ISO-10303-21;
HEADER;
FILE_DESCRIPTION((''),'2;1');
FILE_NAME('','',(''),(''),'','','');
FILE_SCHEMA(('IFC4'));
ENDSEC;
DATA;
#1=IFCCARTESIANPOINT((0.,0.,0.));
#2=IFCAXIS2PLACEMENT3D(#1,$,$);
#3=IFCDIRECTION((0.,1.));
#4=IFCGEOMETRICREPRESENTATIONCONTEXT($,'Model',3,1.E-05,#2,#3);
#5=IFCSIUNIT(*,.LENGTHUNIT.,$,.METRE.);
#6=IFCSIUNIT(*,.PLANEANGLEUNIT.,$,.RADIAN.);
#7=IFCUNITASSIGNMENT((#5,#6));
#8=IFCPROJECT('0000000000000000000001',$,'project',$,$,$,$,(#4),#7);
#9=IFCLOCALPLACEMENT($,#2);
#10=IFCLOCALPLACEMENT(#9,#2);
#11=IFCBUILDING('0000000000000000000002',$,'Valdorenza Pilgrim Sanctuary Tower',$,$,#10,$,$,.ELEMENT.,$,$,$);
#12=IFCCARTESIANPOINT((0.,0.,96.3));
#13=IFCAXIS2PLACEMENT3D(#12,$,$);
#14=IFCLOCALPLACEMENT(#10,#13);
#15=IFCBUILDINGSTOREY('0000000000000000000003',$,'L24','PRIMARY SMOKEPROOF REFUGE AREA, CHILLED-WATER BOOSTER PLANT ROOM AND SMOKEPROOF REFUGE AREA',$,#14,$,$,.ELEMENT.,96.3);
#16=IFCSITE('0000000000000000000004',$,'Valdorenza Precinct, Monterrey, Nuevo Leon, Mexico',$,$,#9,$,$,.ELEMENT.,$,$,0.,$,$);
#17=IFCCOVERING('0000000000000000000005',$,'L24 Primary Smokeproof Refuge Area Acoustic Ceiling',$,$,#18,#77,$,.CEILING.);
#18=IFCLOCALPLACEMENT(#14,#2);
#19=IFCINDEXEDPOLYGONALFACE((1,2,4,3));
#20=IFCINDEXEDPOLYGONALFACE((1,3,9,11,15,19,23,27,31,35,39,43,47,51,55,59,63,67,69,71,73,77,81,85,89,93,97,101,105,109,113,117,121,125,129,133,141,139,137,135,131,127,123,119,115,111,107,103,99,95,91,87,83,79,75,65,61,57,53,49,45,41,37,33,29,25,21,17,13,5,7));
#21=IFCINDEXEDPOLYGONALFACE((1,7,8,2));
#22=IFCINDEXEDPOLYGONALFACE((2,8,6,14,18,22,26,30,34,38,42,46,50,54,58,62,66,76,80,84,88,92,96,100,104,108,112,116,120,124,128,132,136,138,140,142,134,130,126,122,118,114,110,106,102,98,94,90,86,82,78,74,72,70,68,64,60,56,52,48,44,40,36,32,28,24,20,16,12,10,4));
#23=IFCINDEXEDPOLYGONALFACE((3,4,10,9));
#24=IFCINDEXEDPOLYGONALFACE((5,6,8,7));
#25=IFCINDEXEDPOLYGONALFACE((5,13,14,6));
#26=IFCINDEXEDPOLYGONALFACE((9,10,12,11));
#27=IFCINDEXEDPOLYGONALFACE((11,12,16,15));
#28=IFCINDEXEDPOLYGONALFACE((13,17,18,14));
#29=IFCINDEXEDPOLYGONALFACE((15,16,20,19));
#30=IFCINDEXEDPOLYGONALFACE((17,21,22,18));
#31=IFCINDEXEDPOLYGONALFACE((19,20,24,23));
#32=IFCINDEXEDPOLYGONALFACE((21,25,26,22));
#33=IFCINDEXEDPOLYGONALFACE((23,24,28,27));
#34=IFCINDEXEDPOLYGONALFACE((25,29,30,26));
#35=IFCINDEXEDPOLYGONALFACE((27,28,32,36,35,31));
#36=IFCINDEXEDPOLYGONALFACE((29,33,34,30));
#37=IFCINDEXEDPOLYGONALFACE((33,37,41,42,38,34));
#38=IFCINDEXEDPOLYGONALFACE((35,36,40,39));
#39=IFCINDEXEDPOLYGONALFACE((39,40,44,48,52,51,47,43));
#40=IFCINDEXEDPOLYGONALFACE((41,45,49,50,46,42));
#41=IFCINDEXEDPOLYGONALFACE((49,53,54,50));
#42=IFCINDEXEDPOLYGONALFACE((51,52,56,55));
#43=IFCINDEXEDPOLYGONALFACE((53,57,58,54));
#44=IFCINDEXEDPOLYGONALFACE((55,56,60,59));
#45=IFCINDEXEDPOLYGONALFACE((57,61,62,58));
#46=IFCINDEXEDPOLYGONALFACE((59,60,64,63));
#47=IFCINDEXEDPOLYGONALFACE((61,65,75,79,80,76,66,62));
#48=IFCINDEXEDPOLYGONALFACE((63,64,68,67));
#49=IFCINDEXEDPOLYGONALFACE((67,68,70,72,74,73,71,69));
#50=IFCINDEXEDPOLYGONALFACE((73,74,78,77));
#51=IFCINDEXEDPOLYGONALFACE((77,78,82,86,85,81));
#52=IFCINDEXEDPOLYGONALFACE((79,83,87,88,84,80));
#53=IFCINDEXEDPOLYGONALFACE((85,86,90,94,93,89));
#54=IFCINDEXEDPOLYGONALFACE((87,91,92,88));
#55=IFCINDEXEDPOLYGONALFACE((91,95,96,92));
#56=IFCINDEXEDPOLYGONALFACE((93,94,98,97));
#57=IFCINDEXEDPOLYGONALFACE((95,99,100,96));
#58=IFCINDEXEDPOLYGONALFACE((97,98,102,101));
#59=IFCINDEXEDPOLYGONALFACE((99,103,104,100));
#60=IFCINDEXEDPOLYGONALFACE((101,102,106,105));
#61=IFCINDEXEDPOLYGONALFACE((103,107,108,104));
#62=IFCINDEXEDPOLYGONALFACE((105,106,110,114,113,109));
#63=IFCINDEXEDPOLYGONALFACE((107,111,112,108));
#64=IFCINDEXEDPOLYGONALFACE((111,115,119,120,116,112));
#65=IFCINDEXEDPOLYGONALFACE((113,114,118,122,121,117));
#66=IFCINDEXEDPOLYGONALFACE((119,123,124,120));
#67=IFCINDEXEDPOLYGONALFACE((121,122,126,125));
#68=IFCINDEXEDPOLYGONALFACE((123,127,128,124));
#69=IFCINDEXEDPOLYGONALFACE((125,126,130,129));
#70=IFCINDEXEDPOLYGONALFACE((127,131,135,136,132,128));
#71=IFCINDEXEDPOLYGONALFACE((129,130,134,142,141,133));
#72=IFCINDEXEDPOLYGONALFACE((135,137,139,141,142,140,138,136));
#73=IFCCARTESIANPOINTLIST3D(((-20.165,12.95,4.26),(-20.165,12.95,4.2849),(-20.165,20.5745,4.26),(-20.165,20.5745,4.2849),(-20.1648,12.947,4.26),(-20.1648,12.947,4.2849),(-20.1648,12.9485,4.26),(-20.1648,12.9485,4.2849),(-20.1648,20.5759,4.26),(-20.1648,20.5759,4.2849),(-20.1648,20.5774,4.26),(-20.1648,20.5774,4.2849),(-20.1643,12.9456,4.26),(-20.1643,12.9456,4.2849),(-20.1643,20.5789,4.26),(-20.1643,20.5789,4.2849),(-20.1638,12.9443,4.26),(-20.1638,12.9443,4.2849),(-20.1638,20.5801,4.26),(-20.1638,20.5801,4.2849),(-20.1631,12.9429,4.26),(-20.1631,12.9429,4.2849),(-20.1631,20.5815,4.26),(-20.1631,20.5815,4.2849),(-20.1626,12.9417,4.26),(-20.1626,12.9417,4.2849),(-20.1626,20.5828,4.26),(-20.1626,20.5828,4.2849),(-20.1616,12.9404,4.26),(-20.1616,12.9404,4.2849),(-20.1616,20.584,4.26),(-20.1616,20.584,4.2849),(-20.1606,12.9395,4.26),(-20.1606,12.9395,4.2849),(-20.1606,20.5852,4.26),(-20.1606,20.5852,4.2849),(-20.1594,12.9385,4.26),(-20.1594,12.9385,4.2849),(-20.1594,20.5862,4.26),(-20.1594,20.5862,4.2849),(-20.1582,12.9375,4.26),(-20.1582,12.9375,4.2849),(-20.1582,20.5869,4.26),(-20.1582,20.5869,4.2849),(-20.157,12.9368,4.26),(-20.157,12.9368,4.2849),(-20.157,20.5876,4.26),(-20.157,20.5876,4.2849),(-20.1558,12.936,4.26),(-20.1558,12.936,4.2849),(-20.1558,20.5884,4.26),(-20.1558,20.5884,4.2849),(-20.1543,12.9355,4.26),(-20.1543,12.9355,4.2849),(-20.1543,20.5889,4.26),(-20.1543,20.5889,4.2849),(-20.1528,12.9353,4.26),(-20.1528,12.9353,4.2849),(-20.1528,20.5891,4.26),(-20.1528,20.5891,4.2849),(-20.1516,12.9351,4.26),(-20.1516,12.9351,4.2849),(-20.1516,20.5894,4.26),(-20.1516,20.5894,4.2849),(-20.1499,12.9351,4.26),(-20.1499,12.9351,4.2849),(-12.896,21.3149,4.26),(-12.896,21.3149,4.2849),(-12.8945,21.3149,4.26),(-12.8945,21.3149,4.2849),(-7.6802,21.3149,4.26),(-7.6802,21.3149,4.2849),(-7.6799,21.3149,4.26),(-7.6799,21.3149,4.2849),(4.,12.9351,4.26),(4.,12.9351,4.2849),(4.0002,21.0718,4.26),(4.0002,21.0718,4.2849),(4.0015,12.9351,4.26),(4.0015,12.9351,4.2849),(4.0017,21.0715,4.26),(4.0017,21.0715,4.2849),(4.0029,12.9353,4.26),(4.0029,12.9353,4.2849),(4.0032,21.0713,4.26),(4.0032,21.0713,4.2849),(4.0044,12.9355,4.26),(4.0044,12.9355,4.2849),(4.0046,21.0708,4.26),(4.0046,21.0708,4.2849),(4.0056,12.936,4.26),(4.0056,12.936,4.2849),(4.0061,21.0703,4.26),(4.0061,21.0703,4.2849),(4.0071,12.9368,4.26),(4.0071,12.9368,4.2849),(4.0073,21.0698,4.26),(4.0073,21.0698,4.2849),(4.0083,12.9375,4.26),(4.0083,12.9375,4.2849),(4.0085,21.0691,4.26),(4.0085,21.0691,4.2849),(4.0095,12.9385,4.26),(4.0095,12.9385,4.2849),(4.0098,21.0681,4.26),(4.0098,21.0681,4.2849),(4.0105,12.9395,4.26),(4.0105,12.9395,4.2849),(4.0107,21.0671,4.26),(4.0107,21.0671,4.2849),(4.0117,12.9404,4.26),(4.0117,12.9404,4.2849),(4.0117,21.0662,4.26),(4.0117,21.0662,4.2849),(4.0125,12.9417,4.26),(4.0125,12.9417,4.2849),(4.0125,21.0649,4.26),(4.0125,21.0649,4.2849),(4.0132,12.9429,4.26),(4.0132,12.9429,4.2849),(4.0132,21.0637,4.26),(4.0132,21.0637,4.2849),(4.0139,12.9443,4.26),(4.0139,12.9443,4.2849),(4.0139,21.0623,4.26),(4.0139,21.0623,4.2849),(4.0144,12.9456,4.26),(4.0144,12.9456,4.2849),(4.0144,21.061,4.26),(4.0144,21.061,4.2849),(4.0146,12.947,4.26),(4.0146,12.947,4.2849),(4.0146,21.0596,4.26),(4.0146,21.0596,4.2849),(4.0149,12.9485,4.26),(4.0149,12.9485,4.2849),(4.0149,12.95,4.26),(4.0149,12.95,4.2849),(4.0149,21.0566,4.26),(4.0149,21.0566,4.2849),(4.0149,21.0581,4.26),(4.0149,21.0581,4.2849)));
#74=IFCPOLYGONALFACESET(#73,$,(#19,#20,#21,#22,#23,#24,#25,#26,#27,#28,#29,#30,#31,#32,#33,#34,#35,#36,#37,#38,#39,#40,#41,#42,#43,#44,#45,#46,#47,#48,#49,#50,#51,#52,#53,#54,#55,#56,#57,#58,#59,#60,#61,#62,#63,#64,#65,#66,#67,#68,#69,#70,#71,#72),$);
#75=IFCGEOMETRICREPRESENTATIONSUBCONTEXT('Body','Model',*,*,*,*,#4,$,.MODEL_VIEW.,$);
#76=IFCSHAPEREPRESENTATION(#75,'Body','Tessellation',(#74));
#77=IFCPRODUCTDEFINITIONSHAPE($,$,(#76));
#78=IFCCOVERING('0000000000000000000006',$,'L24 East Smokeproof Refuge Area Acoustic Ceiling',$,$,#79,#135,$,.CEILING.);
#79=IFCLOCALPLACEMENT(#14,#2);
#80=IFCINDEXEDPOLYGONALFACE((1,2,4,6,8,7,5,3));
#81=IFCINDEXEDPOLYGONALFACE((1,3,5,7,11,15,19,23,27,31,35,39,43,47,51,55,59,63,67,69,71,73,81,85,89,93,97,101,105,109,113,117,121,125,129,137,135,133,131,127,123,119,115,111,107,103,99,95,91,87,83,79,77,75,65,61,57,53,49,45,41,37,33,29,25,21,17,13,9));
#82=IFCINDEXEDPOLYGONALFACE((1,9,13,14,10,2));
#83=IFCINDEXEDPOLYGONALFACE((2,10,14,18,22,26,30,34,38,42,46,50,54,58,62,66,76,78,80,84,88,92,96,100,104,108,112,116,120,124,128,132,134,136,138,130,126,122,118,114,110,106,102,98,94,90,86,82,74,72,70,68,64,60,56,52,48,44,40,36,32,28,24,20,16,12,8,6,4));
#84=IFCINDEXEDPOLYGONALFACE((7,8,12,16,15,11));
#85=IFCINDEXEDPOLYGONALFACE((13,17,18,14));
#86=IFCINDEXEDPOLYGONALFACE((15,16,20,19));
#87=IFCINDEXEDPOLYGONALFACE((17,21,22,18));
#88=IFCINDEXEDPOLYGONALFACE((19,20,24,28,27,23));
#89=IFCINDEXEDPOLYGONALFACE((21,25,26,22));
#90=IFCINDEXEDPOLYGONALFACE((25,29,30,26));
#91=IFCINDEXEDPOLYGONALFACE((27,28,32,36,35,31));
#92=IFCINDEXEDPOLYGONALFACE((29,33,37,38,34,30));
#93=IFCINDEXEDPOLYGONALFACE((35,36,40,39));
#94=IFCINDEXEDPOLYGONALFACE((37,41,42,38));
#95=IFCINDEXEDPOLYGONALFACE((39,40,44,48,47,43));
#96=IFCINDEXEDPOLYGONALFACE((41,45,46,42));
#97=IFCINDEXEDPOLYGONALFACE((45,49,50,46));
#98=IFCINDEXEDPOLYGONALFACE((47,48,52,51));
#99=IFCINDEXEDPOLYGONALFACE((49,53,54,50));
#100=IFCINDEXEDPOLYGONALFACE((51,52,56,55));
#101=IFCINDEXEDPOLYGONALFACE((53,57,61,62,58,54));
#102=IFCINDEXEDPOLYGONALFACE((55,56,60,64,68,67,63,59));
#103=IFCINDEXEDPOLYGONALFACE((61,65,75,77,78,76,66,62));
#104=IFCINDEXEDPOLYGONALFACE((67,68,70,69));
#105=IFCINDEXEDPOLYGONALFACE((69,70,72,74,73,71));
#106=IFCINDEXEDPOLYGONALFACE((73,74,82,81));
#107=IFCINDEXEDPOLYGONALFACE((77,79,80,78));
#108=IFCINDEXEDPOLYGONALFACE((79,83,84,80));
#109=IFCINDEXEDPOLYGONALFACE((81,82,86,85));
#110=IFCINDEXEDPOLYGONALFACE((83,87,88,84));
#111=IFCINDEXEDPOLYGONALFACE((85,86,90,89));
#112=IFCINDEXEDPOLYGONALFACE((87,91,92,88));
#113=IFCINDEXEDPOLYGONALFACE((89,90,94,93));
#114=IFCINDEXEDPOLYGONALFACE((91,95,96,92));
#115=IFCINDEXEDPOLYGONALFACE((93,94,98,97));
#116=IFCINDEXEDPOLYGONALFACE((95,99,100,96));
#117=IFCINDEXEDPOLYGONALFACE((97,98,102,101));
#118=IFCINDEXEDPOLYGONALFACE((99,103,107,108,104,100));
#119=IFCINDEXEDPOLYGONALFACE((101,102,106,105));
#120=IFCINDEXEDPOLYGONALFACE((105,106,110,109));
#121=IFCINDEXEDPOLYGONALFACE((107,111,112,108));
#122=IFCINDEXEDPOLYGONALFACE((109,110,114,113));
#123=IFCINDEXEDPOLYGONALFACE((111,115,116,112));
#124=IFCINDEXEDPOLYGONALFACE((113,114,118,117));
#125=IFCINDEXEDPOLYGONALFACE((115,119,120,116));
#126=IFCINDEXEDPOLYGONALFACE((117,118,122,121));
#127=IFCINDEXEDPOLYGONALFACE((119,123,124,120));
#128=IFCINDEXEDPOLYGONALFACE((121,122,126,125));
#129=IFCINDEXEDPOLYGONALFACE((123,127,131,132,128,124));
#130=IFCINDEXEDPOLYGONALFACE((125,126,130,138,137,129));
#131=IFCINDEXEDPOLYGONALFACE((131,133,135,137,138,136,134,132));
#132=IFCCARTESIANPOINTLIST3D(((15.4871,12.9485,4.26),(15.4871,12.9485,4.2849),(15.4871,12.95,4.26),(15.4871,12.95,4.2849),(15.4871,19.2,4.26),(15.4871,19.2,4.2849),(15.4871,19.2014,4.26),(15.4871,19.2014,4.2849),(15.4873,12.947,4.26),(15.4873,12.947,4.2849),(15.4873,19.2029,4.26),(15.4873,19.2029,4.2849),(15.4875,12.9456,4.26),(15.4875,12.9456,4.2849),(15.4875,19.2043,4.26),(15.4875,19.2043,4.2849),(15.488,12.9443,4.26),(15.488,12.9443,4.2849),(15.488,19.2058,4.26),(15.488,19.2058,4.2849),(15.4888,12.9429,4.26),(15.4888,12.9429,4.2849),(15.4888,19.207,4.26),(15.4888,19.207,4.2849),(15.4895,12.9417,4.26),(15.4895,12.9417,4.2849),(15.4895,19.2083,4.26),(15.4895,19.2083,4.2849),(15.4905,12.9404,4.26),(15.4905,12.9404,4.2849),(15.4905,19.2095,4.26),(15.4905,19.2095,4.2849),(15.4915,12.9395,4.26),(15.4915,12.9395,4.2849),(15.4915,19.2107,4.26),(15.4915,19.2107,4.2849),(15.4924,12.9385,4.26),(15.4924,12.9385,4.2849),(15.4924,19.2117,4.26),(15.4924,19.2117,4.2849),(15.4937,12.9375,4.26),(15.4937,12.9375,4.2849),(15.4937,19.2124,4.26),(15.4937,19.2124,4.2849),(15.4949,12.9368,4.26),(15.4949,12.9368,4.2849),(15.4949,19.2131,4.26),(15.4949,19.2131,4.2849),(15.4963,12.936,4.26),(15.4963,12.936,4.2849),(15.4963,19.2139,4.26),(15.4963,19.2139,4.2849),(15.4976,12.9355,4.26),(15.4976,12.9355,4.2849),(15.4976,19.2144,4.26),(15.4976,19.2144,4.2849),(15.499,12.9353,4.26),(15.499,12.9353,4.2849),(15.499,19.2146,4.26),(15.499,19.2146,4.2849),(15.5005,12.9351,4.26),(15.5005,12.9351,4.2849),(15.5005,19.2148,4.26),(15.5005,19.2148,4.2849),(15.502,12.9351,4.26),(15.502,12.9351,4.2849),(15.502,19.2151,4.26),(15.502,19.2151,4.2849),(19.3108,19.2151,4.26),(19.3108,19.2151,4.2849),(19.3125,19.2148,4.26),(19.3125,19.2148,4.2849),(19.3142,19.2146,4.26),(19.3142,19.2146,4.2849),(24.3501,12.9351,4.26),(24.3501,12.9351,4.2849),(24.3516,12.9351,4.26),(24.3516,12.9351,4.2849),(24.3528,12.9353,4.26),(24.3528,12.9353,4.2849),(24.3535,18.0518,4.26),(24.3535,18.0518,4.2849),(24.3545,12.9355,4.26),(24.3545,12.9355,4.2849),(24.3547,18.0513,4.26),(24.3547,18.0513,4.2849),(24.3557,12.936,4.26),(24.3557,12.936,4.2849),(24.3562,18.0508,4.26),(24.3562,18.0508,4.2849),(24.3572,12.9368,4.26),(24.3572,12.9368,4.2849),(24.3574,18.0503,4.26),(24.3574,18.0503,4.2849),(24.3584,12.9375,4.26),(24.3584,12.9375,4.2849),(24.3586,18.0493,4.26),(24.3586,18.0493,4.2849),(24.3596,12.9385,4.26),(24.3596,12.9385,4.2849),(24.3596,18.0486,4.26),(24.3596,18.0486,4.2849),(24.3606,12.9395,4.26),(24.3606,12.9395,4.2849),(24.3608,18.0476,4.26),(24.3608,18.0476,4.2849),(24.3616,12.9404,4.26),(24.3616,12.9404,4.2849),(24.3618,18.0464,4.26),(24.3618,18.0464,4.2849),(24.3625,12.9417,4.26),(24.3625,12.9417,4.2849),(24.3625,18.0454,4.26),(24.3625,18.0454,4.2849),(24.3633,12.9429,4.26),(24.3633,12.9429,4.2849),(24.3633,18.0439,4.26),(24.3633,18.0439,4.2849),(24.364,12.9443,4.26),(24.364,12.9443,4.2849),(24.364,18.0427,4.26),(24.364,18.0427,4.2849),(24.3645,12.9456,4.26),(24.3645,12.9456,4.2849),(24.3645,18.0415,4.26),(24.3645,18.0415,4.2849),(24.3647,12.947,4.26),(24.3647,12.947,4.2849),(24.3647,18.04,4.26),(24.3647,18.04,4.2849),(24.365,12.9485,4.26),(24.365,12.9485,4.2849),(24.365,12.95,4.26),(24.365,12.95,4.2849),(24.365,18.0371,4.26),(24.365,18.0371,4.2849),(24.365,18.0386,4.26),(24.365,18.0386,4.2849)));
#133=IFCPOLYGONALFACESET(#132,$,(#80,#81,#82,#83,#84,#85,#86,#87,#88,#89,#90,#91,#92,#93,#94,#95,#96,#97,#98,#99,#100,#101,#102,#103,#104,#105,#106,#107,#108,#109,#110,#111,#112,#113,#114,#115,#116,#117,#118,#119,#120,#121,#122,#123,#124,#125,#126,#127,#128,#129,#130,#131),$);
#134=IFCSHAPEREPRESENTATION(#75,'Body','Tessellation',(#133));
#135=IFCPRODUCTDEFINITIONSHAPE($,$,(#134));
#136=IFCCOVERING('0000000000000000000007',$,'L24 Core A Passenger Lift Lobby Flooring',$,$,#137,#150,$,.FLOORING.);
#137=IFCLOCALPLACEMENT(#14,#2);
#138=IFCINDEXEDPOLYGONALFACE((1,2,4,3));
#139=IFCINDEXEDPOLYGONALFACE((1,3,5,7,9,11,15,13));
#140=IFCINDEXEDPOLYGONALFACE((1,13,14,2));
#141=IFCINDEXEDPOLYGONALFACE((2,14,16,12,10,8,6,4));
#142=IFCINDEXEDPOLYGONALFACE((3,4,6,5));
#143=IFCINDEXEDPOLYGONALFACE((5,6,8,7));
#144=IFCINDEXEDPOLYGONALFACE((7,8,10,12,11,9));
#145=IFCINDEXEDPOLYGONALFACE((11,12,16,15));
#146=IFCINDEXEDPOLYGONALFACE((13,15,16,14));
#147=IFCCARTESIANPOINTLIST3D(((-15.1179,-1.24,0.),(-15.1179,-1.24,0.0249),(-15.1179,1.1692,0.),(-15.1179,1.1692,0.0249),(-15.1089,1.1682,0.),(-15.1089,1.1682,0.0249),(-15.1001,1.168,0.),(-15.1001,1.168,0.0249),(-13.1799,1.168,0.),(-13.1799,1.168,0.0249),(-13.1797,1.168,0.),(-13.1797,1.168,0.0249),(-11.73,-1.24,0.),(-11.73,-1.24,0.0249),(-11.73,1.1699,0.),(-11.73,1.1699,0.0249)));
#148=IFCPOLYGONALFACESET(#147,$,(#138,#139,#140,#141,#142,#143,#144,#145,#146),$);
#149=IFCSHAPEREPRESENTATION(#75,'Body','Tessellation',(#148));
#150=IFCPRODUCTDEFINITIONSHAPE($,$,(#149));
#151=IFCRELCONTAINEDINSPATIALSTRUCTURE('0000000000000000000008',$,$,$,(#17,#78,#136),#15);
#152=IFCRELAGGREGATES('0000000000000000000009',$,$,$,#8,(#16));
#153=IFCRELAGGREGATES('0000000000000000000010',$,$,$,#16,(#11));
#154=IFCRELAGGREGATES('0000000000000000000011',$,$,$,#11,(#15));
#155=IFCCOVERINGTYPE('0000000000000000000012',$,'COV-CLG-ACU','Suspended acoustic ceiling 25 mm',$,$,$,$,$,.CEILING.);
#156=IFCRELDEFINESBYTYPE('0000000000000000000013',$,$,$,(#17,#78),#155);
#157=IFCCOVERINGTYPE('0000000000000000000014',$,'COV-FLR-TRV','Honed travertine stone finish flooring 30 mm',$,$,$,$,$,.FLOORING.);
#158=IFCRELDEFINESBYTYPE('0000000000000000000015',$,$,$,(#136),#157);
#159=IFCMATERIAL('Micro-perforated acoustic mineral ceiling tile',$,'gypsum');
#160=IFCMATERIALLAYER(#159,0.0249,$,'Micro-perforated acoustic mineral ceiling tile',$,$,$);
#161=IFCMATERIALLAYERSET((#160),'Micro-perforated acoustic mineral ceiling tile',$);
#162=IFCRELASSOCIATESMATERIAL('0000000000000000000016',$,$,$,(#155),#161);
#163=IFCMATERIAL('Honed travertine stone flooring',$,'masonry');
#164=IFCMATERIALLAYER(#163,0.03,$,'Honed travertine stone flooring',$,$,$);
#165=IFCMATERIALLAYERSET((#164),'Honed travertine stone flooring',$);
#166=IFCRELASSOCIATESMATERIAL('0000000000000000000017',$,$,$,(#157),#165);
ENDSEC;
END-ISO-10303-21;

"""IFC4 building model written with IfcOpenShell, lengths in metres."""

from ifc_helpers import new_model, si_unit, direction, frame, origin, place, context, subcontext, project, spatial, polyline, outline, extrude, material, layer, layer_set, type_object, element, save


model = new_model("IFC4")

# Units and contexts
model_context = context("Model", 3, precision=1e-05, world=origin(), true_north=direction((0.0, 1.0)))
body_context = subcontext(model_context, "Body", "Model", "MODEL_VIEW")
ifc_project = project(units=[si_unit("LENGTHUNIT", "METRE"), si_unit("PLANEANGLEUNIT", "RADIAN")], contexts=[model_context])

# Site, building, storey
site_placement = place(None, origin())
site = spatial("IfcSite", under=ifc_project, at=site_placement, Name="Valdorenza Precinct, Monterrey, Nuevo Leon, Mexico", CompositionType="ELEMENT", RefElevation=0.0)
building_placement = place(site_placement, origin())
building = spatial("IfcBuilding", under=site, at=building_placement, Name="Valdorenza Pilgrim Sanctuary Tower", CompositionType="ELEMENT")
storey_placement = place(building_placement, frame((0.0, 0.0, 96.3)))
storey = spatial("IfcBuildingStorey", under=building, at=storey_placement, Name="L24", Description="PRIMARY SMOKEPROOF REFUGE AREA, CHILLED-WATER BOOSTER PLANT ROOM AND SMOKEPROOF REFUGE AREA", CompositionType="ELEMENT", Elevation=96.3)

# Coverings
ifc_material_1 = material(Name="Micro-perforated acoustic mineral ceiling tile", Category="gypsum")
ifc_layer_1 = layer(ifc_material_1, 0.0249, Name="Micro-perforated acoustic mineral ceiling tile")
ifc_layer_set_1 = layer_set([ifc_layer_1], Name="Micro-perforated acoustic mineral ceiling tile")
covering_type_1 = type_object("IfcCoveringType", Name="COV-CLG-ACU", Description="Suspended acoustic ceiling 25 mm", PredefinedType="CEILING", material=ifc_layer_set_1)
covering_1_placement = place(storey_placement, frame((0.0, 0.0, 4.26)))
element("IfcCovering", 1, at=covering_1_placement, inside=storey, type_object=covering_type_1, Name="L24 Primary Smokeproof Refuge Area Acoustic Ceiling", PredefinedType="CEILING", context=body_context, shape_type="SweptSolid", body=[
    extrude(outline(polyline([(-20.1499, 12.9351), (-20.1516, 12.9351), (-20.1528, 12.9353), (-20.1543, 12.9355), (-20.1558, 12.936), (-20.157, 12.9368), (-20.1582, 12.9375), (-20.1594, 12.9385), (-20.1606, 12.9395), (-20.1616, 12.9404), (-20.1626, 12.9417), (-20.1631, 12.9429), (-20.1638, 12.9443), (-20.1643, 12.9456), (-20.1648, 12.947), (-20.1648, 12.9485), (-20.165, 12.95), (-20.165, 20.5745), (-20.1648, 20.5759), (-20.1648, 20.5774), (-20.1643, 20.5789), (-20.1638, 20.5801), (-20.1631, 20.5815), (-20.1626, 20.5828), (-20.1616, 20.584), (-20.1606, 20.5852), (-20.1594, 20.5862), (-20.1582, 20.5869), (-20.157, 20.5876), (-20.1558, 20.5884), (-20.1543, 20.5889), (-20.1528, 20.5891), (-20.1516, 20.5894), (-12.896, 21.3149), (-12.8945, 21.3149), (-7.6802, 21.3149), (-7.6799, 21.3149), (4.0002, 21.0718), (4.0017, 21.0715), (4.0032, 21.0713), (4.0046, 21.0708), (4.0061, 21.0703), (4.0073, 21.0698), (4.0085, 21.0691), (4.0098, 21.0681), (4.0107, 21.0671), (4.0117, 21.0662), (4.0125, 21.0649), (4.0132, 21.0637), (4.0139, 21.0623), (4.0144, 21.061), (4.0146, 21.0596), (4.0149, 21.0581), (4.0149, 21.0566), (4.0149, 12.95), (4.0149, 12.9485), (4.0146, 12.947), (4.0144, 12.9456), (4.0139, 12.9443), (4.0132, 12.9429), (4.0125, 12.9417), (4.0117, 12.9404), (4.0105, 12.9395), (4.0095, 12.9385), (4.0083, 12.9375), (4.0071, 12.9368), (4.0056, 12.936), (4.0044, 12.9355), (4.0029, 12.9353), (4.0015, 12.9351), (4.0, 12.9351), (-20.1499, 12.9351)])), origin(), (0.0, 0.0, 1.0), 0.0249),
])
covering_2_placement = place(storey_placement, frame((0.0, 0.0, 4.26)))
element("IfcCovering", 2, at=covering_2_placement, inside=storey, type_object=covering_type_1, Name="L24 East Smokeproof Refuge Area Acoustic Ceiling", PredefinedType="CEILING", context=body_context, shape_type="SweptSolid", body=[
    extrude(outline(polyline([(15.502, 12.9351), (15.5005, 12.9351), (15.499, 12.9353), (15.4976, 12.9355), (15.4963, 12.936), (15.4949, 12.9368), (15.4937, 12.9375), (15.4924, 12.9385), (15.4915, 12.9395), (15.4905, 12.9404), (15.4895, 12.9417), (15.4888, 12.9429), (15.488, 12.9443), (15.4875, 12.9456), (15.4873, 12.947), (15.4871, 12.9485), (15.4871, 12.95), (15.4871, 19.2), (15.4871, 19.2014), (15.4873, 19.2029), (15.4875, 19.2043), (15.488, 19.2058), (15.4888, 19.207), (15.4895, 19.2083), (15.4905, 19.2095), (15.4915, 19.2107), (15.4924, 19.2117), (15.4937, 19.2124), (15.4949, 19.2131), (15.4963, 19.2139), (15.4976, 19.2144), (15.499, 19.2146), (15.5005, 19.2148), (15.502, 19.2151), (19.3108, 19.2151), (19.3125, 19.2148), (19.3142, 19.2146), (24.3535, 18.0518), (24.3547, 18.0513), (24.3562, 18.0508), (24.3574, 18.0503), (24.3586, 18.0493), (24.3596, 18.0486), (24.3608, 18.0476), (24.3618, 18.0464), (24.3625, 18.0454), (24.3633, 18.0439), (24.364, 18.0427), (24.3645, 18.0415), (24.3647, 18.04), (24.365, 18.0386), (24.365, 18.0371), (24.365, 12.95), (24.365, 12.9485), (24.3647, 12.947), (24.3645, 12.9456), (24.364, 12.9443), (24.3633, 12.9429), (24.3625, 12.9417), (24.3616, 12.9404), (24.3606, 12.9395), (24.3596, 12.9385), (24.3584, 12.9375), (24.3572, 12.9368), (24.3557, 12.936), (24.3545, 12.9355), (24.3528, 12.9353), (24.3516, 12.9351), (24.3501, 12.9351), (15.502, 12.9351)])), origin(), (0.0, 0.0, 1.0), 0.0249),
])
ifc_material_2 = material(Name="Honed travertine stone flooring", Category="masonry")
ifc_layer_2 = layer(ifc_material_2, 0.03, Name="Honed travertine stone flooring")
ifc_layer_set_2 = layer_set([ifc_layer_2], Name="Honed travertine stone flooring")
covering_type_2 = type_object("IfcCoveringType", Name="COV-FLR-TRV", Description="Honed travertine stone finish flooring 30 mm", PredefinedType="FLOORING", material=ifc_layer_set_2)
covering_3_placement = place(storey_placement, origin())
element("IfcCovering", 3, at=covering_3_placement, inside=storey, type_object=covering_type_2, Name="L24 Core A Passenger Lift Lobby Flooring", PredefinedType="FLOORING", context=body_context, shape_type="SweptSolid", body=[
    extrude(outline(polyline([(-15.1179, 1.1692), (-15.1089, 1.1682), (-15.1089, 1.1682), (-15.1001, 1.168), (-13.1799, 1.168), (-13.1797, 1.168), (-11.73, 1.1699), (-11.73, -1.24), (-15.1179, -1.24), (-15.1179, 1.1692)])), origin(), (0.0, 0.0, 1.0), 0.0249),
])

save(model, "model.ifc")
